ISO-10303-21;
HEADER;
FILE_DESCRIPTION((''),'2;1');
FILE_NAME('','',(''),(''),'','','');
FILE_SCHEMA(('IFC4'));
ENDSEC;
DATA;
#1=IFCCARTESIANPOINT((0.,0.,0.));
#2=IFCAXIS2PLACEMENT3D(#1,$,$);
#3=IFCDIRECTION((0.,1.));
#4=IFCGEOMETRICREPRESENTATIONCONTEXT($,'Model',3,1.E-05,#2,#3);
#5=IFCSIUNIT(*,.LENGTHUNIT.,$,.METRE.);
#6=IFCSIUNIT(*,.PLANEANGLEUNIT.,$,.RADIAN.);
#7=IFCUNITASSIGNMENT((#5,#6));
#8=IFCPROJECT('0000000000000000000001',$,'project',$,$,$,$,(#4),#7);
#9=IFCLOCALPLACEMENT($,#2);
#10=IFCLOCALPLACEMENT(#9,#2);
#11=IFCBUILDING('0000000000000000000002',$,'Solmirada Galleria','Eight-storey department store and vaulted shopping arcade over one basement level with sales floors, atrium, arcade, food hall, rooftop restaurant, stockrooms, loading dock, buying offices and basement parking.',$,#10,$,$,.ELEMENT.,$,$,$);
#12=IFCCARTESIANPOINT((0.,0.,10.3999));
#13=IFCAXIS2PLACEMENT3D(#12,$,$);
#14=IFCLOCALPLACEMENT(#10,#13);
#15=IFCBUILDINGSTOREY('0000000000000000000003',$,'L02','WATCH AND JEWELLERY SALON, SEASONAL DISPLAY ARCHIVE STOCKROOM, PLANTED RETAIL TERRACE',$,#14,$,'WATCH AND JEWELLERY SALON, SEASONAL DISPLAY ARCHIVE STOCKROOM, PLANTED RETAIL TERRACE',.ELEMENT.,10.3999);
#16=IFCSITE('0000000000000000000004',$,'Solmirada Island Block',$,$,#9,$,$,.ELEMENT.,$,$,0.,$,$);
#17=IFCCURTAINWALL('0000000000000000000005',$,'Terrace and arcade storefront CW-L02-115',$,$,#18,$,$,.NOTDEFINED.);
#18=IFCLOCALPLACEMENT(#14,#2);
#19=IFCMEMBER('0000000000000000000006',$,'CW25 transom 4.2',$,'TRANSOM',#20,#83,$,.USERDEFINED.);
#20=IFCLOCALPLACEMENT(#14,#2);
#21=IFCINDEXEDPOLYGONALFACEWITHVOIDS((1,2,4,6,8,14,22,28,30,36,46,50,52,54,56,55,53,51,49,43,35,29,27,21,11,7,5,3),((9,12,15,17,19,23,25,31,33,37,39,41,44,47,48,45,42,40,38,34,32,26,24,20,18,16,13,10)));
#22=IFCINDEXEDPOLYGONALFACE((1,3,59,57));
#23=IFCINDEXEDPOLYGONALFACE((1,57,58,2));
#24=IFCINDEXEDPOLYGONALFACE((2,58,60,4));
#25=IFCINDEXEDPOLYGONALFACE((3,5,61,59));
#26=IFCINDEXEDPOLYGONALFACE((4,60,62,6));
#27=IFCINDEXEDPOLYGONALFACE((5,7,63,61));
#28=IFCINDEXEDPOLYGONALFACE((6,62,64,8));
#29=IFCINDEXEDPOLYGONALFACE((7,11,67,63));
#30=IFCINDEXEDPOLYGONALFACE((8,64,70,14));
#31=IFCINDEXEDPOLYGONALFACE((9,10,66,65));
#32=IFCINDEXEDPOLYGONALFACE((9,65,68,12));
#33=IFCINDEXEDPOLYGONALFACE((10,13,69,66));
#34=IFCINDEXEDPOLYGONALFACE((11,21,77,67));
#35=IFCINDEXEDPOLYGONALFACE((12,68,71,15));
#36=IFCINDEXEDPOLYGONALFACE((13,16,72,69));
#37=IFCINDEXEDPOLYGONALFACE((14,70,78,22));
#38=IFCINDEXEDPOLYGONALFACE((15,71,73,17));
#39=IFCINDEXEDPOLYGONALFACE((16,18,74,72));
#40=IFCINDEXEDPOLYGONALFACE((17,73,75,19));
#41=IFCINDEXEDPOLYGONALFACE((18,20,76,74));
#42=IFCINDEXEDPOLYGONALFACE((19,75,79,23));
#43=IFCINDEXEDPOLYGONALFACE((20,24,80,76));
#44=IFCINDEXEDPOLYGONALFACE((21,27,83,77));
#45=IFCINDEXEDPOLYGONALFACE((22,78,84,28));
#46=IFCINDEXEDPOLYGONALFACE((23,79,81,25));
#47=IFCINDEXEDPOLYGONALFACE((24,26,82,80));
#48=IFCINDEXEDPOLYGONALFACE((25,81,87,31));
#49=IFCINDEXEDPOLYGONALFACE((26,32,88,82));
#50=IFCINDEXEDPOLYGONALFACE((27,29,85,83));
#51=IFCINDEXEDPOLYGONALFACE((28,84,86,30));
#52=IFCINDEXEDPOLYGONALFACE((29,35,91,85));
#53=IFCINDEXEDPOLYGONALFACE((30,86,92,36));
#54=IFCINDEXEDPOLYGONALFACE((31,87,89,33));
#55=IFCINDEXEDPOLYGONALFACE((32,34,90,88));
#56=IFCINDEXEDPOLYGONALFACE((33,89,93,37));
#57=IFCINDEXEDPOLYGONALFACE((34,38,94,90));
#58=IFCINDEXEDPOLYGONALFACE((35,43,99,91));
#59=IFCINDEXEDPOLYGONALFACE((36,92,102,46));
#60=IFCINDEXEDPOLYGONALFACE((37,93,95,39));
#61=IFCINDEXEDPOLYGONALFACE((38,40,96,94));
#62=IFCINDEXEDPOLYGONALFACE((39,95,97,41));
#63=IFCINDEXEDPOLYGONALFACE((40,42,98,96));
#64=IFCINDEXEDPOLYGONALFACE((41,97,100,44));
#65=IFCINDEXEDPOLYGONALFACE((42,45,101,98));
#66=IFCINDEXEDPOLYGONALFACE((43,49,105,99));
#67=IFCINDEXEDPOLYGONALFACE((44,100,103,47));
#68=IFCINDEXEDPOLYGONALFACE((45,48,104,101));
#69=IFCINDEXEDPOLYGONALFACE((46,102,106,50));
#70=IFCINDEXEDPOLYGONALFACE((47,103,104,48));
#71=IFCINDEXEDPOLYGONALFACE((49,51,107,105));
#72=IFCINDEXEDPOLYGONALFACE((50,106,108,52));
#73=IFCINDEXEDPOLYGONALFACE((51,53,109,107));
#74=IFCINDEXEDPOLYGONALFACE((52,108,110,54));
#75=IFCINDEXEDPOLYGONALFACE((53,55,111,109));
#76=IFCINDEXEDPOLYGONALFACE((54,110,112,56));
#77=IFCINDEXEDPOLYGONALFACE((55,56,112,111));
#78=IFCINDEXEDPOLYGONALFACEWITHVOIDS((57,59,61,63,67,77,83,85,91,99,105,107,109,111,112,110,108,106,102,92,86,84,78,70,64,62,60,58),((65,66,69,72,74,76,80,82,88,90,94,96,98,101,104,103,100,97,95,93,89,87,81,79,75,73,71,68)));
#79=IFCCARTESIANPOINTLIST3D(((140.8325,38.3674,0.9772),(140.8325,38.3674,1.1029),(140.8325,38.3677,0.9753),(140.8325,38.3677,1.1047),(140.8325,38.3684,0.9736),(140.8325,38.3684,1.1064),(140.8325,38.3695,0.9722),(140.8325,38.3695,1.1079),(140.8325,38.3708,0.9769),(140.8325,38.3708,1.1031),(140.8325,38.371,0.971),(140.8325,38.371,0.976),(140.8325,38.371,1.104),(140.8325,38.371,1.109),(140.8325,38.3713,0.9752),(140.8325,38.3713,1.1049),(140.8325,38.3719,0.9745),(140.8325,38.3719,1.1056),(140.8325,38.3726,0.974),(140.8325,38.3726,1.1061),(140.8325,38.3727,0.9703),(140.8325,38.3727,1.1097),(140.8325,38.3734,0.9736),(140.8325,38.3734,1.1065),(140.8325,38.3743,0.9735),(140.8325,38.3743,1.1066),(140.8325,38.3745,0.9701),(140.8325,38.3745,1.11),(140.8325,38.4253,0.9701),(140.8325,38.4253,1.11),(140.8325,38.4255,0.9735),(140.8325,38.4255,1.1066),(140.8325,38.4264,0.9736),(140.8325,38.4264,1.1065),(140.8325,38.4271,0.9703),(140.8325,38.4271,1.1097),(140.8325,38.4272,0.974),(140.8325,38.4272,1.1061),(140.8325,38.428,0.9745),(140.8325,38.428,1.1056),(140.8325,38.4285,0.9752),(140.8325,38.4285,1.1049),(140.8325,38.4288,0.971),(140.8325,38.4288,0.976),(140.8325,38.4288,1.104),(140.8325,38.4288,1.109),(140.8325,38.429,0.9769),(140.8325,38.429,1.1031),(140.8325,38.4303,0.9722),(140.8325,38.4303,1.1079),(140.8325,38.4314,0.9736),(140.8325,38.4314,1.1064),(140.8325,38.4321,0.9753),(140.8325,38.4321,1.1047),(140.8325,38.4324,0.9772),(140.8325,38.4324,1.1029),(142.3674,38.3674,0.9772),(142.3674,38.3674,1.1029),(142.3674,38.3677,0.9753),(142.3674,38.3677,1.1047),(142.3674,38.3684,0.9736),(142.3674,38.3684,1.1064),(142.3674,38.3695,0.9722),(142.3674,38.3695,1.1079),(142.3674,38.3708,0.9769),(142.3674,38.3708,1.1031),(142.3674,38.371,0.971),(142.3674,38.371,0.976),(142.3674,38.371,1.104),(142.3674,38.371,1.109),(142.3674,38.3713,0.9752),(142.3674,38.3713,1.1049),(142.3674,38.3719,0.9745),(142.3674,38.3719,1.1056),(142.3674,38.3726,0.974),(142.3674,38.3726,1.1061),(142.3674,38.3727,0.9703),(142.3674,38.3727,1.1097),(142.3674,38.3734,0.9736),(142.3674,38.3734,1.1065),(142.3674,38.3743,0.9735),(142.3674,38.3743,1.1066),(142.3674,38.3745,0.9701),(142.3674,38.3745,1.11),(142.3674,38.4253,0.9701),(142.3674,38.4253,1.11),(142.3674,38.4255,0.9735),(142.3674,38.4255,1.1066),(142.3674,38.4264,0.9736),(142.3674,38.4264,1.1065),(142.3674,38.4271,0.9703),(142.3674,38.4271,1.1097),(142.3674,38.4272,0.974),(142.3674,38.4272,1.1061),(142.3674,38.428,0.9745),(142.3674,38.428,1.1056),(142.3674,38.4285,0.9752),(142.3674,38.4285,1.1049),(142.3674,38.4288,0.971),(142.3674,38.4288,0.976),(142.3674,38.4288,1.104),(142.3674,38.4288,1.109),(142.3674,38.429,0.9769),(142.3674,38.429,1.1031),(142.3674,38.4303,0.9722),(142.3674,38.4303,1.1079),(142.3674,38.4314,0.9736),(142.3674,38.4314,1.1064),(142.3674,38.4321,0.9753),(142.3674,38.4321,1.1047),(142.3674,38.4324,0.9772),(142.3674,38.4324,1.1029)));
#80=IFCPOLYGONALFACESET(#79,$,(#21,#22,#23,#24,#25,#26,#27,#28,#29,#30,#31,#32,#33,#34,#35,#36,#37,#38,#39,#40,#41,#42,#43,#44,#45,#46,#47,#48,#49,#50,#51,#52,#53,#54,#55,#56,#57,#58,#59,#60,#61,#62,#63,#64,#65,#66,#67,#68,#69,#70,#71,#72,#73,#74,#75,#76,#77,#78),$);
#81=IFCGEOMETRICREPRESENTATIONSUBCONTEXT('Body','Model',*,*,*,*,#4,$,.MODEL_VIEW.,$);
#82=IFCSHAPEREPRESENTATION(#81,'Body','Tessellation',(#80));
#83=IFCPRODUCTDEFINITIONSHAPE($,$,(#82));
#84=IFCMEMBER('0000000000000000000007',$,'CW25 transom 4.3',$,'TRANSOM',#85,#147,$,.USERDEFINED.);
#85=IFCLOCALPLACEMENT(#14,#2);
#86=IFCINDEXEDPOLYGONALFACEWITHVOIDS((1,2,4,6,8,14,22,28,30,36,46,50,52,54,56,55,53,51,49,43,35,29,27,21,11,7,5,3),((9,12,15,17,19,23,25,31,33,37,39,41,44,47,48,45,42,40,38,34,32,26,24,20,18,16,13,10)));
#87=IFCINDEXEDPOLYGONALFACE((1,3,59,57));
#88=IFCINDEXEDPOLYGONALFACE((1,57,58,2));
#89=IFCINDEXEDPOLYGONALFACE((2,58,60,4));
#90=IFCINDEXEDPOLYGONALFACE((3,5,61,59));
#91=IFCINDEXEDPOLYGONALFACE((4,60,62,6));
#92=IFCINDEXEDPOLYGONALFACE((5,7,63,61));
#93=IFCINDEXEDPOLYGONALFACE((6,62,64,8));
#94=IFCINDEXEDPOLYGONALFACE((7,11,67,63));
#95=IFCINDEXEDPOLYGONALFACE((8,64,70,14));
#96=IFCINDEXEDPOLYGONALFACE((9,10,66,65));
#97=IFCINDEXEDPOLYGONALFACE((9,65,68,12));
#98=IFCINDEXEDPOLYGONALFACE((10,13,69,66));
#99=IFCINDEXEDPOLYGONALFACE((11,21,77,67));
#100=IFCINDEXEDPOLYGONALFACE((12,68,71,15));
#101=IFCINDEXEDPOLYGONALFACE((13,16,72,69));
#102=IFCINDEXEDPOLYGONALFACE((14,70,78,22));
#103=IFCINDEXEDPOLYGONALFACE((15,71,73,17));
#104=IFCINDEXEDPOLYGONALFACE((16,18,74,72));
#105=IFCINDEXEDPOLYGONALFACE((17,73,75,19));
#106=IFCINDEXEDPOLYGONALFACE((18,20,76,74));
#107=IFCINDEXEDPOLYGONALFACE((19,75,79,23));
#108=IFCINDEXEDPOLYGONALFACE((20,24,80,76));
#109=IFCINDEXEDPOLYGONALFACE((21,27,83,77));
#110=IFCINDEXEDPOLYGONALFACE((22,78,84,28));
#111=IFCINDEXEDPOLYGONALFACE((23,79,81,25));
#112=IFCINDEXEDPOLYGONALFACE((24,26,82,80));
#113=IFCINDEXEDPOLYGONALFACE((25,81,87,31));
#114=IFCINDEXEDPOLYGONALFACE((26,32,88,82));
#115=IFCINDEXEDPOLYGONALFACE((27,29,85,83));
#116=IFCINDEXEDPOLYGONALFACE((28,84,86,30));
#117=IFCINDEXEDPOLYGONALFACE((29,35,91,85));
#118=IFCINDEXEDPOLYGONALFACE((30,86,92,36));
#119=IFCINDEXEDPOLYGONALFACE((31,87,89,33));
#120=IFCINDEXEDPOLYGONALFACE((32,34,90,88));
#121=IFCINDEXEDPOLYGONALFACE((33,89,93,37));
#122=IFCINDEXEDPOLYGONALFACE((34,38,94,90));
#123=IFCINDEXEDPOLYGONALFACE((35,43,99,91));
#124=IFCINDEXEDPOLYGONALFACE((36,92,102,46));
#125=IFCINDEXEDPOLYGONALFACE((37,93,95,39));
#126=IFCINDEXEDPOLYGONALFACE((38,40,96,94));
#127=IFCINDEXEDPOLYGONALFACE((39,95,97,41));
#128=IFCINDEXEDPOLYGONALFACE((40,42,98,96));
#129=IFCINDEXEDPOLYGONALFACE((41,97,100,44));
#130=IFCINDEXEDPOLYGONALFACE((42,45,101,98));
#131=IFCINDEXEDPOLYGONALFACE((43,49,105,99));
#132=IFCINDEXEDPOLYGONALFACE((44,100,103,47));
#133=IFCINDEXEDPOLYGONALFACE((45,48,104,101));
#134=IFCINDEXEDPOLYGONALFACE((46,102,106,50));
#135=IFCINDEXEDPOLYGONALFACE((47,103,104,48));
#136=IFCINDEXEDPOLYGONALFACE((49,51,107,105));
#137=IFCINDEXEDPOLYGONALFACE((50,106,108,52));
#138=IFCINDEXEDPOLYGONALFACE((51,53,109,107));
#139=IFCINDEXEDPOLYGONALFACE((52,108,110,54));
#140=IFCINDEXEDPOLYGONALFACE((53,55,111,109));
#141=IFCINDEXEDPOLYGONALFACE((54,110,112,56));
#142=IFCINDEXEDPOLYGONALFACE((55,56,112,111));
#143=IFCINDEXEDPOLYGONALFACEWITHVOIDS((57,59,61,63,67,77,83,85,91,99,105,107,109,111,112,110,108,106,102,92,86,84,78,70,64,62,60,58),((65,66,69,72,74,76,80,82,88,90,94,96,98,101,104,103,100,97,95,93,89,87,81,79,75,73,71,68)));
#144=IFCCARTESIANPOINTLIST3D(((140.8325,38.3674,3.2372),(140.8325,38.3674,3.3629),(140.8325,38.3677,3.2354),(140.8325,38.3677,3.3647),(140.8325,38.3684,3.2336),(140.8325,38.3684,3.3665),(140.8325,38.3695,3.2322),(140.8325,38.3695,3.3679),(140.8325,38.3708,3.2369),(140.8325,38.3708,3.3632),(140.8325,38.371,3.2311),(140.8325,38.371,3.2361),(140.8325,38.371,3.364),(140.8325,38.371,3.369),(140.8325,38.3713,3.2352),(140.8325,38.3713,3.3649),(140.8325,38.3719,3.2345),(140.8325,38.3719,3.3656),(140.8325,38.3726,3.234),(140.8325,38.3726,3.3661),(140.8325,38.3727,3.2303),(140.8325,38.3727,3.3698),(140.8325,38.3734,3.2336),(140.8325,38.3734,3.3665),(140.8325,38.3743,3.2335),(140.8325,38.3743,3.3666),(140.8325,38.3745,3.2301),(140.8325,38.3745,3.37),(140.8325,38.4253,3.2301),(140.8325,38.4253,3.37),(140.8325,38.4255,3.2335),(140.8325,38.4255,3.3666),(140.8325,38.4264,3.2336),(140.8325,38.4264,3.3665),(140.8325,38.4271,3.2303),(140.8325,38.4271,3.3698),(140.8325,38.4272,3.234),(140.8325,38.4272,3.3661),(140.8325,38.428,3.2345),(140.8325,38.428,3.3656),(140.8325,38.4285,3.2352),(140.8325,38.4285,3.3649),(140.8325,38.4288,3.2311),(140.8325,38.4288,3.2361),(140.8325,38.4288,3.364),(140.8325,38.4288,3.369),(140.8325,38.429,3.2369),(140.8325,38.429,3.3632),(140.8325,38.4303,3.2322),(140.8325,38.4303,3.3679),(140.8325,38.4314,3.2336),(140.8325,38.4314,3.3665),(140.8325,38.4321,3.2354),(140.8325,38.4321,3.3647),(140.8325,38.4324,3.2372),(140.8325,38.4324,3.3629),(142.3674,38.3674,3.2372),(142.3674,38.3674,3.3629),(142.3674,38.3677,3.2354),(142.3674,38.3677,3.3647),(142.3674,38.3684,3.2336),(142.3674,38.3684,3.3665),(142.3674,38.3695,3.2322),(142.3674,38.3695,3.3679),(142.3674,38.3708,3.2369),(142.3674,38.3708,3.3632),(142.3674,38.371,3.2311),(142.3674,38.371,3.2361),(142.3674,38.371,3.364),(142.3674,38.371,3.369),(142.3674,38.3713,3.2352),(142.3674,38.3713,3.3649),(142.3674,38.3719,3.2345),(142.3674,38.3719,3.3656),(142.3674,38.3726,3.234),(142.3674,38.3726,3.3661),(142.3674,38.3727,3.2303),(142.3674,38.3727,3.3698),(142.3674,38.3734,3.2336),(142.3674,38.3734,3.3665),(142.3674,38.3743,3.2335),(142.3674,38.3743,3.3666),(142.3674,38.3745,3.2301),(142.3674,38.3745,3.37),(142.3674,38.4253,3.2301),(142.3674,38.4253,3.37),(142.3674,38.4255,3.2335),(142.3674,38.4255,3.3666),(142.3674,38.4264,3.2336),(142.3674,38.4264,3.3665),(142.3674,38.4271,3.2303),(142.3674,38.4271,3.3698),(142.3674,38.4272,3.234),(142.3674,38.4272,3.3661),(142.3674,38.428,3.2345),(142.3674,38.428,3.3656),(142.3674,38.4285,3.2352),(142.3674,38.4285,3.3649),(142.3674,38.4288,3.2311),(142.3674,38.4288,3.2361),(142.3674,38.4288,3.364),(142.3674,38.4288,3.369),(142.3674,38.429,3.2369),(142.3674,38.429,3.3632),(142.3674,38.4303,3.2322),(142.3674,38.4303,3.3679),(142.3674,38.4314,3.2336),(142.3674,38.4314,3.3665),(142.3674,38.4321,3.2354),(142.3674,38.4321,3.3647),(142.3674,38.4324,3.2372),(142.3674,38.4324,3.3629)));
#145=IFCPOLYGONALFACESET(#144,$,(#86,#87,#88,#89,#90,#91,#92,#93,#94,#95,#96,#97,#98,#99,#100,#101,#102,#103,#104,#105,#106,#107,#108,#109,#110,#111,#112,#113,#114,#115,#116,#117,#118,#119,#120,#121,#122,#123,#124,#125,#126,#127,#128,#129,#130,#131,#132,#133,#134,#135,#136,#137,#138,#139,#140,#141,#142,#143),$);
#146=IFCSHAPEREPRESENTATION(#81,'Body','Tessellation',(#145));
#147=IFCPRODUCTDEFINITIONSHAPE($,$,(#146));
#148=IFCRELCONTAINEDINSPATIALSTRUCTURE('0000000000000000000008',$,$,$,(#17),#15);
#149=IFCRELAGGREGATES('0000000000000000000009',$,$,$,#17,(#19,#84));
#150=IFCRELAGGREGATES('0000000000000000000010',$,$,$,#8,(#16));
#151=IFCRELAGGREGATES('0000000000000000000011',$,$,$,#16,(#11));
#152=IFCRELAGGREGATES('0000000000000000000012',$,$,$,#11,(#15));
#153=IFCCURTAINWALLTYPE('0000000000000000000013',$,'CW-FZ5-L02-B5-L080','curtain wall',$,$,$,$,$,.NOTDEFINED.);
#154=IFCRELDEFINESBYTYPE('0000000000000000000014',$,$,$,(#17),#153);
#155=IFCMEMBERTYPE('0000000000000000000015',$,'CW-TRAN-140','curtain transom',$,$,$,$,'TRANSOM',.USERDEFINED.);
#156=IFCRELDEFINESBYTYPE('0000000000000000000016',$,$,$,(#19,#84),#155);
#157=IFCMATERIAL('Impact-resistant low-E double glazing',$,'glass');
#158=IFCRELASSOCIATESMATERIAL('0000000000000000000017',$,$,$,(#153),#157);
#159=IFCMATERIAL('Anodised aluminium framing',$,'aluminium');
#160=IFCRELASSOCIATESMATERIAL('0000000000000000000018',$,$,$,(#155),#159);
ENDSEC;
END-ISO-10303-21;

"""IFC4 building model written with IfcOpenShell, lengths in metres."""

from ifc_helpers import new_model, si_unit, direction, frame, origin, origin_2d, place, context, subcontext, project, spatial, hollow_rectangle, extrude, material, material_profile, profile_set, type_object, element, aggregate, save


model = new_model("IFC4")

# Units and contexts
model_context = context("Model", 3, precision=1e-05, world=origin(), true_north=direction((0.0, 1.0)))
body_context = subcontext(model_context, "Body", "Model", "MODEL_VIEW")
ifc_project = project(units=[si_unit("LENGTHUNIT", "METRE"), si_unit("PLANEANGLEUNIT", "RADIAN")], contexts=[model_context])

# Site, building, storey
site_placement = place(None, origin())
site = spatial("IfcSite", under=ifc_project, at=site_placement, Name="Solmirada Island Block", CompositionType="ELEMENT", RefElevation=0.0)
building_placement = place(site_placement, origin())
building = spatial("IfcBuilding", under=site, at=building_placement, Name="Solmirada Galleria", Description="Eight-storey department store and vaulted shopping arcade over one basement level with sales floors, atrium, arcade, food hall, rooftop restaurant, stockrooms, loading dock, buying offices and basement parking.", CompositionType="ELEMENT")
storey_placement = place(building_placement, frame((0.0, 0.0, 10.3999)))
storey = spatial("IfcBuildingStorey", under=building, at=storey_placement, Name="L02", Description="WATCH AND JEWELLERY SALON, SEASONAL DISPLAY ARCHIVE STOCKROOM, PLANTED RETAIL TERRACE", LongName="WATCH AND JEWELLERY SALON, SEASONAL DISPLAY ARCHIVE STOCKROOM, PLANTED RETAIL TERRACE", CompositionType="ELEMENT", Elevation=10.3999)

# Curtain wall, members
ifc_material_1 = material(Name="Impact-resistant low-E double glazing", Category="glass")
curtain_wall_type = type_object("IfcCurtainWallType", Name="CW-FZ5-L02-B5-L080", Description="curtain wall", PredefinedType="NOTDEFINED", material=ifc_material_1)
curtain_wall_placement = place(storey_placement, origin())
curtain_wall = element("IfcCurtainWall", 1, at=curtain_wall_placement, inside=storey, type_object=curtain_wall_type, Name="Terrace and arcade storefront CW-L02-115", PredefinedType="NOTDEFINED")
ifc_material_2 = material(Name="Anodised aluminium framing", Category="aluminium")
ifc_material_profile_1 = material_profile(ifc_material_2, hollow_rectangle(XDim=0.0649, YDim=0.1399, WallThickness=0.0034, InnerFilletRadius=0.0034, OuterFilletRadius=0.0071, at=origin_2d()), Name="ALU-TRAN-140X65")
ifc_profile_set_1 = profile_set([ifc_material_profile_1], Name="Anodised aluminium framing")
member_type_1 = type_object("IfcMemberType", Name="CW-TRAN-140", Description="curtain transom", ElementType="TRANSOM", PredefinedType="USERDEFINED", material=ifc_profile_set_1)
member_1_placement = place(storey_placement, frame((140.8325, 38.3999, 1.04), z_axis=(1.0, 0.0, 0.0), x_axis=(0.0, 1.0, 0.0)))
member_1 = element("IfcMember", 2, at=member_1_placement, type_object=member_type_1, Name="CW25 transom 4.2", ObjectType="TRANSOM", PredefinedType="USERDEFINED", context=body_context, shape_type="SweptSolid", body=[
    extrude(hollow_rectangle(XDim=0.0649, YDim=0.1399, WallThickness=0.0034, InnerFilletRadius=0.0034, OuterFilletRadius=0.0071, at=origin_2d()), origin(), (0.0, 0.0, 1.0), 1.5349),
])
member_2_placement = place(storey_placement, frame((140.8325, 38.3999, 3.3), z_axis=(1.0, 0.0, 0.0), x_axis=(0.0, 1.0, 0.0)))
member_2 = element("IfcMember", 3, at=member_2_placement, type_object=member_type_1, Name="CW25 transom 4.3", ObjectType="TRANSOM", PredefinedType="USERDEFINED", context=body_context, shape_type="SweptSolid", body=[
    extrude(hollow_rectangle(XDim=0.0649, YDim=0.1399, WallThickness=0.0034, InnerFilletRadius=0.0034, OuterFilletRadius=0.0071, at=origin_2d()), origin(), (0.0, 0.0, 1.0), 1.5349),
])
aggregate(curtain_wall, [member_1, member_2])

save(model, "model.ifc")
